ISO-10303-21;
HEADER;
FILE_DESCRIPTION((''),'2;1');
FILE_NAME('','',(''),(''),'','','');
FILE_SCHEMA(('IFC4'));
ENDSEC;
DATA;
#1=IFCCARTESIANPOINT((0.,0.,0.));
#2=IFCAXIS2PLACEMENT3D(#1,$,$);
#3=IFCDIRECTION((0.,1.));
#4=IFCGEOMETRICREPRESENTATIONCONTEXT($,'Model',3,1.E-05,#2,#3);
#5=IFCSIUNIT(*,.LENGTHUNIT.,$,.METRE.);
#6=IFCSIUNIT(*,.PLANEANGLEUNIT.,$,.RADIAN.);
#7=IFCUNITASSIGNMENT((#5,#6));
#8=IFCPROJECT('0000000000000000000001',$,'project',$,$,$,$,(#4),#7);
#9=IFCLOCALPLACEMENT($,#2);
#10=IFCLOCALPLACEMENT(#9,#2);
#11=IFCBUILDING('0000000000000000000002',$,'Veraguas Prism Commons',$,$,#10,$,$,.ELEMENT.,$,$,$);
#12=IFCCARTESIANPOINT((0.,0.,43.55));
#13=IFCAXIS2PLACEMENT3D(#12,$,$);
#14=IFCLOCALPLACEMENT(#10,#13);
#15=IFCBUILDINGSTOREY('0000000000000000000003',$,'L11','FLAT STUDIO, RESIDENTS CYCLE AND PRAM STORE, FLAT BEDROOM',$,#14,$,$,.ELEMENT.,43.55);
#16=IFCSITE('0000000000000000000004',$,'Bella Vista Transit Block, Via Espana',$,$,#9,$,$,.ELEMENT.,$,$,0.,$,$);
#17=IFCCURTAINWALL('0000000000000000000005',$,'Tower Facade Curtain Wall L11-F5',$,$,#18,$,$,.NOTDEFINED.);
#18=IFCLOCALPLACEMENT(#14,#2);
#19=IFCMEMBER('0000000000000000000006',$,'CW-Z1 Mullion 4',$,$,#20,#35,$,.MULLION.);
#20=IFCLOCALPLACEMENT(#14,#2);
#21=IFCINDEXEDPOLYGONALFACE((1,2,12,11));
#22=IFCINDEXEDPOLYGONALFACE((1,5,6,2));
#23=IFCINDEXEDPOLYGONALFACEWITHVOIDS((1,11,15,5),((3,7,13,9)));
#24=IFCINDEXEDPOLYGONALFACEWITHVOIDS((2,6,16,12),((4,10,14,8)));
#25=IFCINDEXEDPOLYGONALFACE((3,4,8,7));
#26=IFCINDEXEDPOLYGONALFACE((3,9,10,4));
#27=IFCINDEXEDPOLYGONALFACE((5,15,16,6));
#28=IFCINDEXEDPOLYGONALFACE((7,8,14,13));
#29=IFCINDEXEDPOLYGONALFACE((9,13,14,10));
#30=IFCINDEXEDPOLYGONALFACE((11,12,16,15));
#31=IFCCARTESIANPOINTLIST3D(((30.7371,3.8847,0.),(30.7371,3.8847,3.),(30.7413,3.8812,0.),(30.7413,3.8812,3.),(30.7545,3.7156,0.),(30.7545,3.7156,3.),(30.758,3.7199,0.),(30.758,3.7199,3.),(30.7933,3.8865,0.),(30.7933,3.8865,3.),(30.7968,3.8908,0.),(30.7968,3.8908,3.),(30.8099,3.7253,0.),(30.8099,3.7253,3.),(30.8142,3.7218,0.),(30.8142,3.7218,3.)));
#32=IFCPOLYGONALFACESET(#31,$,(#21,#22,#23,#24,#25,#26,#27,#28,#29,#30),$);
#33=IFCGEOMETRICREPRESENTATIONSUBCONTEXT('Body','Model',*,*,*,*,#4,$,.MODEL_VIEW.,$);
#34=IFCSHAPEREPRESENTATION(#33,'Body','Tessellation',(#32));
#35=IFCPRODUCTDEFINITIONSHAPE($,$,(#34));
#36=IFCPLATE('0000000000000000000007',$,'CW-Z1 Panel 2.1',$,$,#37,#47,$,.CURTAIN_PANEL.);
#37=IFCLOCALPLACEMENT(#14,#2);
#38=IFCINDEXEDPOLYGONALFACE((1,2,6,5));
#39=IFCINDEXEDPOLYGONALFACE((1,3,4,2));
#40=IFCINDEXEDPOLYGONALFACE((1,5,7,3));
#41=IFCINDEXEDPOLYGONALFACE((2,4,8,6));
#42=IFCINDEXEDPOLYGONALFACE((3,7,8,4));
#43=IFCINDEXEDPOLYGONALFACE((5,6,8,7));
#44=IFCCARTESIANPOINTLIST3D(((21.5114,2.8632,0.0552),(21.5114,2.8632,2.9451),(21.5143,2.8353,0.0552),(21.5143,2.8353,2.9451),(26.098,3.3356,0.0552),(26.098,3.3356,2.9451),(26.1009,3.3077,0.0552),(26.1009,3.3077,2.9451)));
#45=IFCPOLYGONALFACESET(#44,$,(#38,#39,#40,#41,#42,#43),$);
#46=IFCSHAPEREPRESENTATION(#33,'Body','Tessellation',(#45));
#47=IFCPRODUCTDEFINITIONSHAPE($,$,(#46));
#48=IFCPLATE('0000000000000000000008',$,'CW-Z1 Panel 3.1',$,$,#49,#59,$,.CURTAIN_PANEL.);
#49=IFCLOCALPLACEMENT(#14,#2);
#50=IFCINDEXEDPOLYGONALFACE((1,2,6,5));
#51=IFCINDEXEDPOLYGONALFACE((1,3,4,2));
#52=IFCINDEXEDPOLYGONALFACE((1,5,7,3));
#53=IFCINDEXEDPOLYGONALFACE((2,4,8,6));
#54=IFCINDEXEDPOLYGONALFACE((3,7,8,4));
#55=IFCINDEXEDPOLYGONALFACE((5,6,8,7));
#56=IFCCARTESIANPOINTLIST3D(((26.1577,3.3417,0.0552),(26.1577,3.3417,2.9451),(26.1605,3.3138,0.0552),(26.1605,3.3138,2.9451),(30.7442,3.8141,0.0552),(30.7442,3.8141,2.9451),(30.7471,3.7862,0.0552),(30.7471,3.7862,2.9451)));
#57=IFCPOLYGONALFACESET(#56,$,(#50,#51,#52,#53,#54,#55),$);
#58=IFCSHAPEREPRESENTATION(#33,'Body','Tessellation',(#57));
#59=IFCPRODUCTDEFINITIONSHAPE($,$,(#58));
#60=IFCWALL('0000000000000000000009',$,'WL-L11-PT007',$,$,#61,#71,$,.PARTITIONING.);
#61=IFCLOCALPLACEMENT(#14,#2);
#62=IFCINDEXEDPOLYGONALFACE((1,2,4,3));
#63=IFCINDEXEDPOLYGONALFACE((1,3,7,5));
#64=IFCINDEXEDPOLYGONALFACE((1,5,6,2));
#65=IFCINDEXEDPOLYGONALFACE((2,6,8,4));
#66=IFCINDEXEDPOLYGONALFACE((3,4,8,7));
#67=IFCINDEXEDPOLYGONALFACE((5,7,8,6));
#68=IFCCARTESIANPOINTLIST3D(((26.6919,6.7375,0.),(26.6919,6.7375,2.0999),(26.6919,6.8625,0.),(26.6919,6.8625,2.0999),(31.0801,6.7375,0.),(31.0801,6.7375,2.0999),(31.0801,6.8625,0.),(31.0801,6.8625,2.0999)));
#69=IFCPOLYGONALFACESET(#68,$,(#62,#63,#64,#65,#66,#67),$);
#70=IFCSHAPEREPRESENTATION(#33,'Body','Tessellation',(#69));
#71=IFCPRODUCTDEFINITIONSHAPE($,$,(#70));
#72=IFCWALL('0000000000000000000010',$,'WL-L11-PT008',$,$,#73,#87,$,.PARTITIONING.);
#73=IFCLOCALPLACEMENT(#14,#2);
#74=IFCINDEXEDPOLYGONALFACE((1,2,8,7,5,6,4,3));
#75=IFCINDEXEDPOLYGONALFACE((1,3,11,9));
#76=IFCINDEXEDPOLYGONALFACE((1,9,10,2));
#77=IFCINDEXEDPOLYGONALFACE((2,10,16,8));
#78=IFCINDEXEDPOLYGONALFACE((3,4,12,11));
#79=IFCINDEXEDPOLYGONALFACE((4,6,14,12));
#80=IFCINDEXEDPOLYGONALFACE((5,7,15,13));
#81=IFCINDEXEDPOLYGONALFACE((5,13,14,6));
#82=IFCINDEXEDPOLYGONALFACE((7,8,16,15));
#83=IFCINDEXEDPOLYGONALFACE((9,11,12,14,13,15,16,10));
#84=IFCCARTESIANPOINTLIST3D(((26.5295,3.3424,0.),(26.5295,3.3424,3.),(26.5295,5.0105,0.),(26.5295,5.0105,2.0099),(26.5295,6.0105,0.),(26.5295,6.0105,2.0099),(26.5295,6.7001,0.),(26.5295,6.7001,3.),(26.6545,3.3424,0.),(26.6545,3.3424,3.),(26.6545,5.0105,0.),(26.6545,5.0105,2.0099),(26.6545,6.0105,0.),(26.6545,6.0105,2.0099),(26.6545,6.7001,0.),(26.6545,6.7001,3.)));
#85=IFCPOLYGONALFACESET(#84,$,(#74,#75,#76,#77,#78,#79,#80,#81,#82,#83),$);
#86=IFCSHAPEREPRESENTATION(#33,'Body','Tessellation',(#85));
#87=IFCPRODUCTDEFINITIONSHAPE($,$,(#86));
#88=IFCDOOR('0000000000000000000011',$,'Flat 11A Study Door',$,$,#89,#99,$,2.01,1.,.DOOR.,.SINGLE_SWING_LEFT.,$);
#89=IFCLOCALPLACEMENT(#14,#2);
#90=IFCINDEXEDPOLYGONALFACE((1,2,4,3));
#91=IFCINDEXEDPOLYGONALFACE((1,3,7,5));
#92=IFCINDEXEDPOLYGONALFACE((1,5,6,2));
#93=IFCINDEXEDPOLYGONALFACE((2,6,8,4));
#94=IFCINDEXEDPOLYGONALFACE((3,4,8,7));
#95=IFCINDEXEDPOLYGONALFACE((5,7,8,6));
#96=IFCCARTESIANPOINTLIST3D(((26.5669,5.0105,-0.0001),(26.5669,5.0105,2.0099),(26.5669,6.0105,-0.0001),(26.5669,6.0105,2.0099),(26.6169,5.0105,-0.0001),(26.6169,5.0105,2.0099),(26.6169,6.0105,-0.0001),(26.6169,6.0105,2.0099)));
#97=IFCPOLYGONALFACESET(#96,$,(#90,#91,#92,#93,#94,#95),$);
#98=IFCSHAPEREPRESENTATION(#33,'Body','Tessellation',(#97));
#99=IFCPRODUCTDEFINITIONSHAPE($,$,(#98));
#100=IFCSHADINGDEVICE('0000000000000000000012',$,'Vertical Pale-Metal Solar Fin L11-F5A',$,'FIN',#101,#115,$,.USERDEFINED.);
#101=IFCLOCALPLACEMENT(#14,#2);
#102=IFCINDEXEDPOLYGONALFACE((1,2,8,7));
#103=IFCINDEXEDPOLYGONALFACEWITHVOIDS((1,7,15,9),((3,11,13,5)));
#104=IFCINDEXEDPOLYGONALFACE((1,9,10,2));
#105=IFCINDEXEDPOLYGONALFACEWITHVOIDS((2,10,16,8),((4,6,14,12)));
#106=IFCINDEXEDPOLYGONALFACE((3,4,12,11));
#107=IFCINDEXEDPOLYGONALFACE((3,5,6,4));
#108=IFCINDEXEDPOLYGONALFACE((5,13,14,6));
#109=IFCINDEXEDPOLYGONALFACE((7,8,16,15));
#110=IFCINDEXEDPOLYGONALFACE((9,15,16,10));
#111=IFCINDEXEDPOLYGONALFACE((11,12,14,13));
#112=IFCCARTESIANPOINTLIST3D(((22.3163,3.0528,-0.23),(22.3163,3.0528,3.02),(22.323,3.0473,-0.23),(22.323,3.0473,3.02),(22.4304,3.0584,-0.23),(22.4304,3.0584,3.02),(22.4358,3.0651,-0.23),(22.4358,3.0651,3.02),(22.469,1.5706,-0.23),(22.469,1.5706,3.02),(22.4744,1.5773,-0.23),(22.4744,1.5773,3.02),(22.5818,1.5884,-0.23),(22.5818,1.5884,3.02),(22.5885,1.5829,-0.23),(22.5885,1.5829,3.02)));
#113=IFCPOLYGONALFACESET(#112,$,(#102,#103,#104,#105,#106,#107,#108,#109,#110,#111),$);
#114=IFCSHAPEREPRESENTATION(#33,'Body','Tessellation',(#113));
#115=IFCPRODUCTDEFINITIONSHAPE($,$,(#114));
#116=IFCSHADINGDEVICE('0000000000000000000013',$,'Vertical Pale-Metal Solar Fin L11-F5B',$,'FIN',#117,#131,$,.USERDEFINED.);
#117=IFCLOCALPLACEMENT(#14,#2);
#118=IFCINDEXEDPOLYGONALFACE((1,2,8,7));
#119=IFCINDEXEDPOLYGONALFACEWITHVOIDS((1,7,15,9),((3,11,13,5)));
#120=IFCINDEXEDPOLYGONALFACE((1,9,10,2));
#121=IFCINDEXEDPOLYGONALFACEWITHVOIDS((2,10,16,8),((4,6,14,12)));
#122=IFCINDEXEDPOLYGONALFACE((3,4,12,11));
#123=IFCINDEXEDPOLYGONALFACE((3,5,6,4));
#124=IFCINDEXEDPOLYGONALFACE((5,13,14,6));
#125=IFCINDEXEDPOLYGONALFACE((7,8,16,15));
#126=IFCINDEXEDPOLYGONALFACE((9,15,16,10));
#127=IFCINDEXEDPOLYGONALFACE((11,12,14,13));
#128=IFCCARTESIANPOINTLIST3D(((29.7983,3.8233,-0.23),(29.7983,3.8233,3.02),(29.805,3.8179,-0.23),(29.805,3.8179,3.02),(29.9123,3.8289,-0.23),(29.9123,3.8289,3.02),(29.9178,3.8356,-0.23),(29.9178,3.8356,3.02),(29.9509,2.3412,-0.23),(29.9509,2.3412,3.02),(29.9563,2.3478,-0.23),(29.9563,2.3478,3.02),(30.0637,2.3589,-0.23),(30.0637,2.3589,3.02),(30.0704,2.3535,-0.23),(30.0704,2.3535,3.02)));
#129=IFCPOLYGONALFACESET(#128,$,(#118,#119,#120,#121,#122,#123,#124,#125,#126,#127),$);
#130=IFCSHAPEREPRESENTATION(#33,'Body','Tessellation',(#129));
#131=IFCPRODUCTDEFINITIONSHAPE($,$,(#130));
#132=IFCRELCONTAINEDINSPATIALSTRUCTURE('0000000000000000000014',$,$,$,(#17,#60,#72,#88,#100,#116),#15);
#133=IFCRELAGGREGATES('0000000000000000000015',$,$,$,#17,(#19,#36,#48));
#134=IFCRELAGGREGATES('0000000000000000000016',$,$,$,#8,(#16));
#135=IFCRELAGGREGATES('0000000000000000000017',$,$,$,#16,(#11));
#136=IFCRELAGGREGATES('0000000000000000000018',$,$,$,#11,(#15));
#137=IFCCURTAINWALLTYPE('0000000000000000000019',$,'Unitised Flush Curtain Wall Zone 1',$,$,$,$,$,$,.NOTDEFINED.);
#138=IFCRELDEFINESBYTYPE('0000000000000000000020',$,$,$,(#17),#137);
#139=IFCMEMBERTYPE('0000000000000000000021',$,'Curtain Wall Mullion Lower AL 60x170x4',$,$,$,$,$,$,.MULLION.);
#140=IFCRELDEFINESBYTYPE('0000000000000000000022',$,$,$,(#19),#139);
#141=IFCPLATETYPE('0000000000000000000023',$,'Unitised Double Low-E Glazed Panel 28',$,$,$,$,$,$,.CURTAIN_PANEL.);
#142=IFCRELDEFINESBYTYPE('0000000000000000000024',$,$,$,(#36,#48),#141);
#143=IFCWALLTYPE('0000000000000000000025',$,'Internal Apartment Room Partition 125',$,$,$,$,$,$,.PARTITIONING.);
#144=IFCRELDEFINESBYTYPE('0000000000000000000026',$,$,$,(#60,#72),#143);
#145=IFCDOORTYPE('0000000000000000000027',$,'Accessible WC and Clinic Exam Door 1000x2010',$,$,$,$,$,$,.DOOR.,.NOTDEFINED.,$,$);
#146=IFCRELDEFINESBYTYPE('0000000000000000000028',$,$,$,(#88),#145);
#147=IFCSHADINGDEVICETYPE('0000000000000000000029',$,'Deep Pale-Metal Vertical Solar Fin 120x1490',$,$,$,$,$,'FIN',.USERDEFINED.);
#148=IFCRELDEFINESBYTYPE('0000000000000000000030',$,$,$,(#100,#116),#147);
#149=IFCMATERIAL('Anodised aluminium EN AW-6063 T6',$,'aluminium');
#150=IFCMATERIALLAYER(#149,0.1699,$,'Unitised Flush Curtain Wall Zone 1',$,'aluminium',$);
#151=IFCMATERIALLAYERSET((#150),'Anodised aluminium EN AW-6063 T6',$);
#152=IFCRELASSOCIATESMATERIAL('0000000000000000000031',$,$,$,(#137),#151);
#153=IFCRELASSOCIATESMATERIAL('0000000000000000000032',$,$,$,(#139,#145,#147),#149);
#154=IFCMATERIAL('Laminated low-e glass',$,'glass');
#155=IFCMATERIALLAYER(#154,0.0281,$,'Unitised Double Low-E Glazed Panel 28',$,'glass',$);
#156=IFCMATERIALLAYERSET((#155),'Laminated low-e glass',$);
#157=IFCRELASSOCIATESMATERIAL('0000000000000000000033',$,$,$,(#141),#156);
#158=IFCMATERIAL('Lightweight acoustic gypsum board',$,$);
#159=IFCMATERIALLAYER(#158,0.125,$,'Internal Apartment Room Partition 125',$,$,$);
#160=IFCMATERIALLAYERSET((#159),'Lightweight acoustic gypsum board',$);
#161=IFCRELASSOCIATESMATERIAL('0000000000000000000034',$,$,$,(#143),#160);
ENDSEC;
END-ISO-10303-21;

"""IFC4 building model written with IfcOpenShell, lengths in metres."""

from ifc_helpers import new_model, si_unit, direction, frame, frame_2d, origin, origin_2d, place, context, subcontext, project, spatial, rectangle, hollow_rectangle, extrude, source, transform, mapped, material, layer, layer_set, material_profile, profile_set, type_object, element, fill, aggregate, save


model = new_model("IFC4")

# Units and contexts
model_context = context("Model", 3, precision=1e-05, world=origin(), true_north=direction((0.0, 1.0)))
body_context = subcontext(model_context, "Body", "Model", "MODEL_VIEW")
ifc_project = project(units=[si_unit("LENGTHUNIT", "METRE"), si_unit("PLANEANGLEUNIT", "RADIAN")], contexts=[model_context])

# Site, building, storey
site_placement = place(None, origin())
site = spatial("IfcSite", under=ifc_project, at=site_placement, Name="Bella Vista Transit Block, Via Espana", CompositionType="ELEMENT", RefElevation=0.0)
building_placement = place(site_placement, origin())
building = spatial("IfcBuilding", under=site, at=building_placement, Name="Veraguas Prism Commons", CompositionType="ELEMENT")
storey_placement = place(building_placement, frame((0.0, 0.0, 43.55)))
storey = spatial("IfcBuildingStorey", under=building, at=storey_placement, Name="L11", Description="FLAT STUDIO, RESIDENTS CYCLE AND PRAM STORE, FLAT BEDROOM", CompositionType="ELEMENT", Elevation=43.55)

# Curtain wall, member, plates
ifc_material_1 = material(Name="Anodised aluminium EN AW-6063 T6", Category="aluminium")
ifc_layer_1 = layer(ifc_material_1, 0.1699, Name="Unitised Flush Curtain Wall Zone 1", Category="aluminium")
ifc_layer_set_1 = layer_set([ifc_layer_1], Name="Anodised aluminium EN AW-6063 T6")
curtain_wall_type = type_object("IfcCurtainWallType", Name="Unitised Flush Curtain Wall Zone 1", PredefinedType="NOTDEFINED", material=ifc_layer_set_1)
curtain_wall_placement = place(storey_placement, origin())
curtain_wall = element("IfcCurtainWall", 1, at=curtain_wall_placement, inside=storey, type_object=curtain_wall_type, Name="Tower Facade Curtain Wall L11-F5", PredefinedType="NOTDEFINED")
ifc_material_profile_1 = material_profile(ifc_material_1, hollow_rectangle(XDim=0.0601, YDim=0.1699, WallThickness=0.0039, at=origin_2d()), Name="AL60X170X4")
ifc_profile_set_1 = profile_set([ifc_material_profile_1], Name="Anodised aluminium EN AW-6063 T6")
member_type = type_object("IfcMemberType", Name="Curtain Wall Mullion Lower AL 60x170x4", PredefinedType="MULLION", material=ifc_profile_set_1)
shared_shape_1 = source(origin(), body_context, "Body", "SweptSolid", [
    extrude(hollow_rectangle(XDim=0.0601, YDim=0.1699, WallThickness=0.0039, at=origin_2d()), origin(), (0.0, 0.0, 1.0), 3.0),
])
member_1_placement = place(storey_placement, frame((30.7756, 3.8032, 0.0), z_axis=(0.0, 0.0, 1.0), x_axis=(0.994738, 0.102447, 0.0)))
member_1 = element("IfcMember", 2, at=member_1_placement, type_object=member_type, Name="CW-Z1 Mullion 4", PredefinedType="MULLION", context=body_context, shape_type="MappedRepresentation", body=[
    mapped(shared_shape_1, transform((0.0, 0.0, 0.0), scale=1.0)),
])
ifc_material_2 = material(Name="Laminated low-e glass", Category="glass")
ifc_layer_2 = layer(ifc_material_2, 0.0281, Name="Unitised Double Low-E Glazed Panel 28", Category="glass")
ifc_layer_set_2 = layer_set([ifc_layer_2], Name="Laminated low-e glass")
plate_type = type_object("IfcPlateType", Name="Unitised Double Low-E Glazed Panel 28", PredefinedType="CURTAIN_PANEL", material=ifc_layer_set_2)
shared_shape_2 = source(origin(), body_context, "Body", "SweptSolid", [
    extrude(rectangle(XDim=4.6108, YDim=0.0281, at=origin_2d()), origin(), (0.0, 0.0, 1.0), 2.8899),
])
plate_1_placement = place(storey_placement, frame((23.8062, 3.0854, 0.0552), z_axis=(0.0, 0.0, 1.0), x_axis=(0.994738, 0.102447, 0.0)))
plate_1 = element("IfcPlate", 3, at=plate_1_placement, type_object=plate_type, Name="CW-Z1 Panel 2.1", PredefinedType="CURTAIN_PANEL", context=body_context, shape_type="MappedRepresentation", body=[
    mapped(shared_shape_2, transform((0.0, 0.0, 0.0), scale=1.0)),
])
plate_2_placement = place(storey_placement, frame((28.4524, 3.564, 0.0552), z_axis=(0.0, 0.0, 1.0), x_axis=(0.994738, 0.102447, 0.0)))
plate_2 = element("IfcPlate", 4, at=plate_2_placement, type_object=plate_type, Name="CW-Z1 Panel 3.1", PredefinedType="CURTAIN_PANEL", context=body_context, shape_type="MappedRepresentation", body=[
    mapped(shared_shape_2, transform((0.0, 0.0, 0.0), scale=1.0)),
])
aggregate(curtain_wall, [member_1, plate_1, plate_2])

# Wall
ifc_material_3 = material(Name="Lightweight acoustic gypsum board")
ifc_layer_3 = layer(ifc_material_3, 0.125, Name="Internal Apartment Room Partition 125")
ifc_layer_set_3 = layer_set([ifc_layer_3], Name="Lightweight acoustic gypsum board")
wall_type = type_object("IfcWallType", Name="Internal Apartment Room Partition 125", PredefinedType="PARTITIONING", material=ifc_layer_set_3)
wall_1_placement = place(storey_placement, frame((26.6919, 6.8, 0.0), z_axis=(0.0, 0.0, 1.0), x_axis=(1.0, 0.0, 0.0)))
element("IfcWall", 5, at=wall_1_placement, inside=storey, type_object=wall_type, Name="WL-L11-PT007", PredefinedType="PARTITIONING", context=body_context, shape_type="SweptSolid", body=[
    extrude(rectangle(XDim=4.3882, YDim=0.125, at=frame_2d((2.1941, 0.0))), origin(), (0.0, 0.0, 1.0), 2.0999),
])

# Wall, opening, door
wall_2_placement = place(storey_placement, frame((26.592, 6.7, 0.0), z_axis=(0.0, 0.0, 1.0), x_axis=(0.0, -1.0, 0.0)))
wall_2 = element("IfcWall", 6, at=wall_2_placement, inside=storey, type_object=wall_type, Name="WL-L11-PT008", PredefinedType="PARTITIONING", context=body_context, shape_type="SweptSolid", body=[
    extrude(rectangle(XDim=3.3577, YDim=0.125, at=frame_2d((1.6787, 0.0))), origin(), (0.0, 0.0, 1.0), 3.0),
])
opening_placement = place(wall_2_placement, frame((0.6895, 0.0, 0.0)))
opening = element("IfcOpeningElement", 7, at=opening_placement, cuts=wall_2, PredefinedType="OPENING", context=body_context, shape_type="SweptSolid", body=[
    extrude(rectangle(XDim=1.0, YDim=2.01, at=frame_2d((0.5, 1.0049))), frame((0.0, 0.0725, 0.0), z_axis=(0.0, -1.0, 0.0), x_axis=(1.0, 0.0, 0.0)), (0.0, 0.0, 1.0), 0.145),
])
door_type = type_object("IfcDoorType", Name="Accessible WC and Clinic Exam Door 1000x2010", OperationType="NOTDEFINED", PredefinedType="DOOR", material=ifc_material_1)
shared_shape_3 = source(origin(), body_context, "Body", "SweptSolid", [
    extrude(rectangle(XDim=1.0, YDim=2.01, at=frame_2d((0.5, 1.0049))), frame((0.0, 0.0249, 0.0), z_axis=(0.0, -1.0, 0.0), x_axis=(1.0, 0.0, 0.0)), (0.0, 0.0, 1.0), 0.05),
])
door_placement = place(opening_placement, origin())
door = element("IfcDoor", 8, at=door_placement, inside=storey, type_object=door_type, Name="Flat 11A Study Door", OperationType="SINGLE_SWING_LEFT", OverallHeight=2.01, OverallWidth=1.0, PredefinedType="DOOR", context=body_context, shape_type="MappedRepresentation", body=[
    mapped(shared_shape_3, transform((0.0, 0.0, 0.0), scale=1.0)),
])
fill(opening, door)

# Shading devices
ifc_material_profile_2 = material_profile(ifc_material_1, hollow_rectangle(XDim=0.1201, YDim=1.49, WallThickness=0.0061, at=origin_2d()), Name="FIN120X1490X6")
ifc_profile_set_2 = profile_set([ifc_material_profile_2], Name="Anodised aluminium EN AW-6063 T6")
shading_device_type = type_object("IfcShadingDeviceType", Name="Deep Pale-Metal Vertical Solar Fin 120x1490", ElementType="FIN", PredefinedType="USERDEFINED", material=ifc_profile_set_2)
for number, where, z_axis, x_axis, name in (
    (9, (22.4524, 2.3179, -0.23), (0.0, 0.0, 1.0), (0.994739, 0.102442, 0.0), "Vertical Pale-Metal Solar Fin L11-F5A"),
    (10, (29.9343, 3.0884, -0.23), (0.0, 0.0, 1.0), (0.994739, 0.102442, 0.0), "Vertical Pale-Metal Solar Fin L11-F5B"),
):
    element("IfcShadingDevice", number, at=place(storey_placement, frame(where, z_axis=z_axis, x_axis=x_axis)), inside=storey, type_object=shading_device_type, Name=name, ObjectType="FIN", PredefinedType="USERDEFINED", context=body_context, shape_type="SweptSolid", body=[
        extrude(hollow_rectangle(XDim=0.1201, YDim=1.49, WallThickness=0.0061, at=origin_2d()), origin(), (0.0, 0.0, 1.0), 3.25),
    ])

save(model, "model.ifc")
